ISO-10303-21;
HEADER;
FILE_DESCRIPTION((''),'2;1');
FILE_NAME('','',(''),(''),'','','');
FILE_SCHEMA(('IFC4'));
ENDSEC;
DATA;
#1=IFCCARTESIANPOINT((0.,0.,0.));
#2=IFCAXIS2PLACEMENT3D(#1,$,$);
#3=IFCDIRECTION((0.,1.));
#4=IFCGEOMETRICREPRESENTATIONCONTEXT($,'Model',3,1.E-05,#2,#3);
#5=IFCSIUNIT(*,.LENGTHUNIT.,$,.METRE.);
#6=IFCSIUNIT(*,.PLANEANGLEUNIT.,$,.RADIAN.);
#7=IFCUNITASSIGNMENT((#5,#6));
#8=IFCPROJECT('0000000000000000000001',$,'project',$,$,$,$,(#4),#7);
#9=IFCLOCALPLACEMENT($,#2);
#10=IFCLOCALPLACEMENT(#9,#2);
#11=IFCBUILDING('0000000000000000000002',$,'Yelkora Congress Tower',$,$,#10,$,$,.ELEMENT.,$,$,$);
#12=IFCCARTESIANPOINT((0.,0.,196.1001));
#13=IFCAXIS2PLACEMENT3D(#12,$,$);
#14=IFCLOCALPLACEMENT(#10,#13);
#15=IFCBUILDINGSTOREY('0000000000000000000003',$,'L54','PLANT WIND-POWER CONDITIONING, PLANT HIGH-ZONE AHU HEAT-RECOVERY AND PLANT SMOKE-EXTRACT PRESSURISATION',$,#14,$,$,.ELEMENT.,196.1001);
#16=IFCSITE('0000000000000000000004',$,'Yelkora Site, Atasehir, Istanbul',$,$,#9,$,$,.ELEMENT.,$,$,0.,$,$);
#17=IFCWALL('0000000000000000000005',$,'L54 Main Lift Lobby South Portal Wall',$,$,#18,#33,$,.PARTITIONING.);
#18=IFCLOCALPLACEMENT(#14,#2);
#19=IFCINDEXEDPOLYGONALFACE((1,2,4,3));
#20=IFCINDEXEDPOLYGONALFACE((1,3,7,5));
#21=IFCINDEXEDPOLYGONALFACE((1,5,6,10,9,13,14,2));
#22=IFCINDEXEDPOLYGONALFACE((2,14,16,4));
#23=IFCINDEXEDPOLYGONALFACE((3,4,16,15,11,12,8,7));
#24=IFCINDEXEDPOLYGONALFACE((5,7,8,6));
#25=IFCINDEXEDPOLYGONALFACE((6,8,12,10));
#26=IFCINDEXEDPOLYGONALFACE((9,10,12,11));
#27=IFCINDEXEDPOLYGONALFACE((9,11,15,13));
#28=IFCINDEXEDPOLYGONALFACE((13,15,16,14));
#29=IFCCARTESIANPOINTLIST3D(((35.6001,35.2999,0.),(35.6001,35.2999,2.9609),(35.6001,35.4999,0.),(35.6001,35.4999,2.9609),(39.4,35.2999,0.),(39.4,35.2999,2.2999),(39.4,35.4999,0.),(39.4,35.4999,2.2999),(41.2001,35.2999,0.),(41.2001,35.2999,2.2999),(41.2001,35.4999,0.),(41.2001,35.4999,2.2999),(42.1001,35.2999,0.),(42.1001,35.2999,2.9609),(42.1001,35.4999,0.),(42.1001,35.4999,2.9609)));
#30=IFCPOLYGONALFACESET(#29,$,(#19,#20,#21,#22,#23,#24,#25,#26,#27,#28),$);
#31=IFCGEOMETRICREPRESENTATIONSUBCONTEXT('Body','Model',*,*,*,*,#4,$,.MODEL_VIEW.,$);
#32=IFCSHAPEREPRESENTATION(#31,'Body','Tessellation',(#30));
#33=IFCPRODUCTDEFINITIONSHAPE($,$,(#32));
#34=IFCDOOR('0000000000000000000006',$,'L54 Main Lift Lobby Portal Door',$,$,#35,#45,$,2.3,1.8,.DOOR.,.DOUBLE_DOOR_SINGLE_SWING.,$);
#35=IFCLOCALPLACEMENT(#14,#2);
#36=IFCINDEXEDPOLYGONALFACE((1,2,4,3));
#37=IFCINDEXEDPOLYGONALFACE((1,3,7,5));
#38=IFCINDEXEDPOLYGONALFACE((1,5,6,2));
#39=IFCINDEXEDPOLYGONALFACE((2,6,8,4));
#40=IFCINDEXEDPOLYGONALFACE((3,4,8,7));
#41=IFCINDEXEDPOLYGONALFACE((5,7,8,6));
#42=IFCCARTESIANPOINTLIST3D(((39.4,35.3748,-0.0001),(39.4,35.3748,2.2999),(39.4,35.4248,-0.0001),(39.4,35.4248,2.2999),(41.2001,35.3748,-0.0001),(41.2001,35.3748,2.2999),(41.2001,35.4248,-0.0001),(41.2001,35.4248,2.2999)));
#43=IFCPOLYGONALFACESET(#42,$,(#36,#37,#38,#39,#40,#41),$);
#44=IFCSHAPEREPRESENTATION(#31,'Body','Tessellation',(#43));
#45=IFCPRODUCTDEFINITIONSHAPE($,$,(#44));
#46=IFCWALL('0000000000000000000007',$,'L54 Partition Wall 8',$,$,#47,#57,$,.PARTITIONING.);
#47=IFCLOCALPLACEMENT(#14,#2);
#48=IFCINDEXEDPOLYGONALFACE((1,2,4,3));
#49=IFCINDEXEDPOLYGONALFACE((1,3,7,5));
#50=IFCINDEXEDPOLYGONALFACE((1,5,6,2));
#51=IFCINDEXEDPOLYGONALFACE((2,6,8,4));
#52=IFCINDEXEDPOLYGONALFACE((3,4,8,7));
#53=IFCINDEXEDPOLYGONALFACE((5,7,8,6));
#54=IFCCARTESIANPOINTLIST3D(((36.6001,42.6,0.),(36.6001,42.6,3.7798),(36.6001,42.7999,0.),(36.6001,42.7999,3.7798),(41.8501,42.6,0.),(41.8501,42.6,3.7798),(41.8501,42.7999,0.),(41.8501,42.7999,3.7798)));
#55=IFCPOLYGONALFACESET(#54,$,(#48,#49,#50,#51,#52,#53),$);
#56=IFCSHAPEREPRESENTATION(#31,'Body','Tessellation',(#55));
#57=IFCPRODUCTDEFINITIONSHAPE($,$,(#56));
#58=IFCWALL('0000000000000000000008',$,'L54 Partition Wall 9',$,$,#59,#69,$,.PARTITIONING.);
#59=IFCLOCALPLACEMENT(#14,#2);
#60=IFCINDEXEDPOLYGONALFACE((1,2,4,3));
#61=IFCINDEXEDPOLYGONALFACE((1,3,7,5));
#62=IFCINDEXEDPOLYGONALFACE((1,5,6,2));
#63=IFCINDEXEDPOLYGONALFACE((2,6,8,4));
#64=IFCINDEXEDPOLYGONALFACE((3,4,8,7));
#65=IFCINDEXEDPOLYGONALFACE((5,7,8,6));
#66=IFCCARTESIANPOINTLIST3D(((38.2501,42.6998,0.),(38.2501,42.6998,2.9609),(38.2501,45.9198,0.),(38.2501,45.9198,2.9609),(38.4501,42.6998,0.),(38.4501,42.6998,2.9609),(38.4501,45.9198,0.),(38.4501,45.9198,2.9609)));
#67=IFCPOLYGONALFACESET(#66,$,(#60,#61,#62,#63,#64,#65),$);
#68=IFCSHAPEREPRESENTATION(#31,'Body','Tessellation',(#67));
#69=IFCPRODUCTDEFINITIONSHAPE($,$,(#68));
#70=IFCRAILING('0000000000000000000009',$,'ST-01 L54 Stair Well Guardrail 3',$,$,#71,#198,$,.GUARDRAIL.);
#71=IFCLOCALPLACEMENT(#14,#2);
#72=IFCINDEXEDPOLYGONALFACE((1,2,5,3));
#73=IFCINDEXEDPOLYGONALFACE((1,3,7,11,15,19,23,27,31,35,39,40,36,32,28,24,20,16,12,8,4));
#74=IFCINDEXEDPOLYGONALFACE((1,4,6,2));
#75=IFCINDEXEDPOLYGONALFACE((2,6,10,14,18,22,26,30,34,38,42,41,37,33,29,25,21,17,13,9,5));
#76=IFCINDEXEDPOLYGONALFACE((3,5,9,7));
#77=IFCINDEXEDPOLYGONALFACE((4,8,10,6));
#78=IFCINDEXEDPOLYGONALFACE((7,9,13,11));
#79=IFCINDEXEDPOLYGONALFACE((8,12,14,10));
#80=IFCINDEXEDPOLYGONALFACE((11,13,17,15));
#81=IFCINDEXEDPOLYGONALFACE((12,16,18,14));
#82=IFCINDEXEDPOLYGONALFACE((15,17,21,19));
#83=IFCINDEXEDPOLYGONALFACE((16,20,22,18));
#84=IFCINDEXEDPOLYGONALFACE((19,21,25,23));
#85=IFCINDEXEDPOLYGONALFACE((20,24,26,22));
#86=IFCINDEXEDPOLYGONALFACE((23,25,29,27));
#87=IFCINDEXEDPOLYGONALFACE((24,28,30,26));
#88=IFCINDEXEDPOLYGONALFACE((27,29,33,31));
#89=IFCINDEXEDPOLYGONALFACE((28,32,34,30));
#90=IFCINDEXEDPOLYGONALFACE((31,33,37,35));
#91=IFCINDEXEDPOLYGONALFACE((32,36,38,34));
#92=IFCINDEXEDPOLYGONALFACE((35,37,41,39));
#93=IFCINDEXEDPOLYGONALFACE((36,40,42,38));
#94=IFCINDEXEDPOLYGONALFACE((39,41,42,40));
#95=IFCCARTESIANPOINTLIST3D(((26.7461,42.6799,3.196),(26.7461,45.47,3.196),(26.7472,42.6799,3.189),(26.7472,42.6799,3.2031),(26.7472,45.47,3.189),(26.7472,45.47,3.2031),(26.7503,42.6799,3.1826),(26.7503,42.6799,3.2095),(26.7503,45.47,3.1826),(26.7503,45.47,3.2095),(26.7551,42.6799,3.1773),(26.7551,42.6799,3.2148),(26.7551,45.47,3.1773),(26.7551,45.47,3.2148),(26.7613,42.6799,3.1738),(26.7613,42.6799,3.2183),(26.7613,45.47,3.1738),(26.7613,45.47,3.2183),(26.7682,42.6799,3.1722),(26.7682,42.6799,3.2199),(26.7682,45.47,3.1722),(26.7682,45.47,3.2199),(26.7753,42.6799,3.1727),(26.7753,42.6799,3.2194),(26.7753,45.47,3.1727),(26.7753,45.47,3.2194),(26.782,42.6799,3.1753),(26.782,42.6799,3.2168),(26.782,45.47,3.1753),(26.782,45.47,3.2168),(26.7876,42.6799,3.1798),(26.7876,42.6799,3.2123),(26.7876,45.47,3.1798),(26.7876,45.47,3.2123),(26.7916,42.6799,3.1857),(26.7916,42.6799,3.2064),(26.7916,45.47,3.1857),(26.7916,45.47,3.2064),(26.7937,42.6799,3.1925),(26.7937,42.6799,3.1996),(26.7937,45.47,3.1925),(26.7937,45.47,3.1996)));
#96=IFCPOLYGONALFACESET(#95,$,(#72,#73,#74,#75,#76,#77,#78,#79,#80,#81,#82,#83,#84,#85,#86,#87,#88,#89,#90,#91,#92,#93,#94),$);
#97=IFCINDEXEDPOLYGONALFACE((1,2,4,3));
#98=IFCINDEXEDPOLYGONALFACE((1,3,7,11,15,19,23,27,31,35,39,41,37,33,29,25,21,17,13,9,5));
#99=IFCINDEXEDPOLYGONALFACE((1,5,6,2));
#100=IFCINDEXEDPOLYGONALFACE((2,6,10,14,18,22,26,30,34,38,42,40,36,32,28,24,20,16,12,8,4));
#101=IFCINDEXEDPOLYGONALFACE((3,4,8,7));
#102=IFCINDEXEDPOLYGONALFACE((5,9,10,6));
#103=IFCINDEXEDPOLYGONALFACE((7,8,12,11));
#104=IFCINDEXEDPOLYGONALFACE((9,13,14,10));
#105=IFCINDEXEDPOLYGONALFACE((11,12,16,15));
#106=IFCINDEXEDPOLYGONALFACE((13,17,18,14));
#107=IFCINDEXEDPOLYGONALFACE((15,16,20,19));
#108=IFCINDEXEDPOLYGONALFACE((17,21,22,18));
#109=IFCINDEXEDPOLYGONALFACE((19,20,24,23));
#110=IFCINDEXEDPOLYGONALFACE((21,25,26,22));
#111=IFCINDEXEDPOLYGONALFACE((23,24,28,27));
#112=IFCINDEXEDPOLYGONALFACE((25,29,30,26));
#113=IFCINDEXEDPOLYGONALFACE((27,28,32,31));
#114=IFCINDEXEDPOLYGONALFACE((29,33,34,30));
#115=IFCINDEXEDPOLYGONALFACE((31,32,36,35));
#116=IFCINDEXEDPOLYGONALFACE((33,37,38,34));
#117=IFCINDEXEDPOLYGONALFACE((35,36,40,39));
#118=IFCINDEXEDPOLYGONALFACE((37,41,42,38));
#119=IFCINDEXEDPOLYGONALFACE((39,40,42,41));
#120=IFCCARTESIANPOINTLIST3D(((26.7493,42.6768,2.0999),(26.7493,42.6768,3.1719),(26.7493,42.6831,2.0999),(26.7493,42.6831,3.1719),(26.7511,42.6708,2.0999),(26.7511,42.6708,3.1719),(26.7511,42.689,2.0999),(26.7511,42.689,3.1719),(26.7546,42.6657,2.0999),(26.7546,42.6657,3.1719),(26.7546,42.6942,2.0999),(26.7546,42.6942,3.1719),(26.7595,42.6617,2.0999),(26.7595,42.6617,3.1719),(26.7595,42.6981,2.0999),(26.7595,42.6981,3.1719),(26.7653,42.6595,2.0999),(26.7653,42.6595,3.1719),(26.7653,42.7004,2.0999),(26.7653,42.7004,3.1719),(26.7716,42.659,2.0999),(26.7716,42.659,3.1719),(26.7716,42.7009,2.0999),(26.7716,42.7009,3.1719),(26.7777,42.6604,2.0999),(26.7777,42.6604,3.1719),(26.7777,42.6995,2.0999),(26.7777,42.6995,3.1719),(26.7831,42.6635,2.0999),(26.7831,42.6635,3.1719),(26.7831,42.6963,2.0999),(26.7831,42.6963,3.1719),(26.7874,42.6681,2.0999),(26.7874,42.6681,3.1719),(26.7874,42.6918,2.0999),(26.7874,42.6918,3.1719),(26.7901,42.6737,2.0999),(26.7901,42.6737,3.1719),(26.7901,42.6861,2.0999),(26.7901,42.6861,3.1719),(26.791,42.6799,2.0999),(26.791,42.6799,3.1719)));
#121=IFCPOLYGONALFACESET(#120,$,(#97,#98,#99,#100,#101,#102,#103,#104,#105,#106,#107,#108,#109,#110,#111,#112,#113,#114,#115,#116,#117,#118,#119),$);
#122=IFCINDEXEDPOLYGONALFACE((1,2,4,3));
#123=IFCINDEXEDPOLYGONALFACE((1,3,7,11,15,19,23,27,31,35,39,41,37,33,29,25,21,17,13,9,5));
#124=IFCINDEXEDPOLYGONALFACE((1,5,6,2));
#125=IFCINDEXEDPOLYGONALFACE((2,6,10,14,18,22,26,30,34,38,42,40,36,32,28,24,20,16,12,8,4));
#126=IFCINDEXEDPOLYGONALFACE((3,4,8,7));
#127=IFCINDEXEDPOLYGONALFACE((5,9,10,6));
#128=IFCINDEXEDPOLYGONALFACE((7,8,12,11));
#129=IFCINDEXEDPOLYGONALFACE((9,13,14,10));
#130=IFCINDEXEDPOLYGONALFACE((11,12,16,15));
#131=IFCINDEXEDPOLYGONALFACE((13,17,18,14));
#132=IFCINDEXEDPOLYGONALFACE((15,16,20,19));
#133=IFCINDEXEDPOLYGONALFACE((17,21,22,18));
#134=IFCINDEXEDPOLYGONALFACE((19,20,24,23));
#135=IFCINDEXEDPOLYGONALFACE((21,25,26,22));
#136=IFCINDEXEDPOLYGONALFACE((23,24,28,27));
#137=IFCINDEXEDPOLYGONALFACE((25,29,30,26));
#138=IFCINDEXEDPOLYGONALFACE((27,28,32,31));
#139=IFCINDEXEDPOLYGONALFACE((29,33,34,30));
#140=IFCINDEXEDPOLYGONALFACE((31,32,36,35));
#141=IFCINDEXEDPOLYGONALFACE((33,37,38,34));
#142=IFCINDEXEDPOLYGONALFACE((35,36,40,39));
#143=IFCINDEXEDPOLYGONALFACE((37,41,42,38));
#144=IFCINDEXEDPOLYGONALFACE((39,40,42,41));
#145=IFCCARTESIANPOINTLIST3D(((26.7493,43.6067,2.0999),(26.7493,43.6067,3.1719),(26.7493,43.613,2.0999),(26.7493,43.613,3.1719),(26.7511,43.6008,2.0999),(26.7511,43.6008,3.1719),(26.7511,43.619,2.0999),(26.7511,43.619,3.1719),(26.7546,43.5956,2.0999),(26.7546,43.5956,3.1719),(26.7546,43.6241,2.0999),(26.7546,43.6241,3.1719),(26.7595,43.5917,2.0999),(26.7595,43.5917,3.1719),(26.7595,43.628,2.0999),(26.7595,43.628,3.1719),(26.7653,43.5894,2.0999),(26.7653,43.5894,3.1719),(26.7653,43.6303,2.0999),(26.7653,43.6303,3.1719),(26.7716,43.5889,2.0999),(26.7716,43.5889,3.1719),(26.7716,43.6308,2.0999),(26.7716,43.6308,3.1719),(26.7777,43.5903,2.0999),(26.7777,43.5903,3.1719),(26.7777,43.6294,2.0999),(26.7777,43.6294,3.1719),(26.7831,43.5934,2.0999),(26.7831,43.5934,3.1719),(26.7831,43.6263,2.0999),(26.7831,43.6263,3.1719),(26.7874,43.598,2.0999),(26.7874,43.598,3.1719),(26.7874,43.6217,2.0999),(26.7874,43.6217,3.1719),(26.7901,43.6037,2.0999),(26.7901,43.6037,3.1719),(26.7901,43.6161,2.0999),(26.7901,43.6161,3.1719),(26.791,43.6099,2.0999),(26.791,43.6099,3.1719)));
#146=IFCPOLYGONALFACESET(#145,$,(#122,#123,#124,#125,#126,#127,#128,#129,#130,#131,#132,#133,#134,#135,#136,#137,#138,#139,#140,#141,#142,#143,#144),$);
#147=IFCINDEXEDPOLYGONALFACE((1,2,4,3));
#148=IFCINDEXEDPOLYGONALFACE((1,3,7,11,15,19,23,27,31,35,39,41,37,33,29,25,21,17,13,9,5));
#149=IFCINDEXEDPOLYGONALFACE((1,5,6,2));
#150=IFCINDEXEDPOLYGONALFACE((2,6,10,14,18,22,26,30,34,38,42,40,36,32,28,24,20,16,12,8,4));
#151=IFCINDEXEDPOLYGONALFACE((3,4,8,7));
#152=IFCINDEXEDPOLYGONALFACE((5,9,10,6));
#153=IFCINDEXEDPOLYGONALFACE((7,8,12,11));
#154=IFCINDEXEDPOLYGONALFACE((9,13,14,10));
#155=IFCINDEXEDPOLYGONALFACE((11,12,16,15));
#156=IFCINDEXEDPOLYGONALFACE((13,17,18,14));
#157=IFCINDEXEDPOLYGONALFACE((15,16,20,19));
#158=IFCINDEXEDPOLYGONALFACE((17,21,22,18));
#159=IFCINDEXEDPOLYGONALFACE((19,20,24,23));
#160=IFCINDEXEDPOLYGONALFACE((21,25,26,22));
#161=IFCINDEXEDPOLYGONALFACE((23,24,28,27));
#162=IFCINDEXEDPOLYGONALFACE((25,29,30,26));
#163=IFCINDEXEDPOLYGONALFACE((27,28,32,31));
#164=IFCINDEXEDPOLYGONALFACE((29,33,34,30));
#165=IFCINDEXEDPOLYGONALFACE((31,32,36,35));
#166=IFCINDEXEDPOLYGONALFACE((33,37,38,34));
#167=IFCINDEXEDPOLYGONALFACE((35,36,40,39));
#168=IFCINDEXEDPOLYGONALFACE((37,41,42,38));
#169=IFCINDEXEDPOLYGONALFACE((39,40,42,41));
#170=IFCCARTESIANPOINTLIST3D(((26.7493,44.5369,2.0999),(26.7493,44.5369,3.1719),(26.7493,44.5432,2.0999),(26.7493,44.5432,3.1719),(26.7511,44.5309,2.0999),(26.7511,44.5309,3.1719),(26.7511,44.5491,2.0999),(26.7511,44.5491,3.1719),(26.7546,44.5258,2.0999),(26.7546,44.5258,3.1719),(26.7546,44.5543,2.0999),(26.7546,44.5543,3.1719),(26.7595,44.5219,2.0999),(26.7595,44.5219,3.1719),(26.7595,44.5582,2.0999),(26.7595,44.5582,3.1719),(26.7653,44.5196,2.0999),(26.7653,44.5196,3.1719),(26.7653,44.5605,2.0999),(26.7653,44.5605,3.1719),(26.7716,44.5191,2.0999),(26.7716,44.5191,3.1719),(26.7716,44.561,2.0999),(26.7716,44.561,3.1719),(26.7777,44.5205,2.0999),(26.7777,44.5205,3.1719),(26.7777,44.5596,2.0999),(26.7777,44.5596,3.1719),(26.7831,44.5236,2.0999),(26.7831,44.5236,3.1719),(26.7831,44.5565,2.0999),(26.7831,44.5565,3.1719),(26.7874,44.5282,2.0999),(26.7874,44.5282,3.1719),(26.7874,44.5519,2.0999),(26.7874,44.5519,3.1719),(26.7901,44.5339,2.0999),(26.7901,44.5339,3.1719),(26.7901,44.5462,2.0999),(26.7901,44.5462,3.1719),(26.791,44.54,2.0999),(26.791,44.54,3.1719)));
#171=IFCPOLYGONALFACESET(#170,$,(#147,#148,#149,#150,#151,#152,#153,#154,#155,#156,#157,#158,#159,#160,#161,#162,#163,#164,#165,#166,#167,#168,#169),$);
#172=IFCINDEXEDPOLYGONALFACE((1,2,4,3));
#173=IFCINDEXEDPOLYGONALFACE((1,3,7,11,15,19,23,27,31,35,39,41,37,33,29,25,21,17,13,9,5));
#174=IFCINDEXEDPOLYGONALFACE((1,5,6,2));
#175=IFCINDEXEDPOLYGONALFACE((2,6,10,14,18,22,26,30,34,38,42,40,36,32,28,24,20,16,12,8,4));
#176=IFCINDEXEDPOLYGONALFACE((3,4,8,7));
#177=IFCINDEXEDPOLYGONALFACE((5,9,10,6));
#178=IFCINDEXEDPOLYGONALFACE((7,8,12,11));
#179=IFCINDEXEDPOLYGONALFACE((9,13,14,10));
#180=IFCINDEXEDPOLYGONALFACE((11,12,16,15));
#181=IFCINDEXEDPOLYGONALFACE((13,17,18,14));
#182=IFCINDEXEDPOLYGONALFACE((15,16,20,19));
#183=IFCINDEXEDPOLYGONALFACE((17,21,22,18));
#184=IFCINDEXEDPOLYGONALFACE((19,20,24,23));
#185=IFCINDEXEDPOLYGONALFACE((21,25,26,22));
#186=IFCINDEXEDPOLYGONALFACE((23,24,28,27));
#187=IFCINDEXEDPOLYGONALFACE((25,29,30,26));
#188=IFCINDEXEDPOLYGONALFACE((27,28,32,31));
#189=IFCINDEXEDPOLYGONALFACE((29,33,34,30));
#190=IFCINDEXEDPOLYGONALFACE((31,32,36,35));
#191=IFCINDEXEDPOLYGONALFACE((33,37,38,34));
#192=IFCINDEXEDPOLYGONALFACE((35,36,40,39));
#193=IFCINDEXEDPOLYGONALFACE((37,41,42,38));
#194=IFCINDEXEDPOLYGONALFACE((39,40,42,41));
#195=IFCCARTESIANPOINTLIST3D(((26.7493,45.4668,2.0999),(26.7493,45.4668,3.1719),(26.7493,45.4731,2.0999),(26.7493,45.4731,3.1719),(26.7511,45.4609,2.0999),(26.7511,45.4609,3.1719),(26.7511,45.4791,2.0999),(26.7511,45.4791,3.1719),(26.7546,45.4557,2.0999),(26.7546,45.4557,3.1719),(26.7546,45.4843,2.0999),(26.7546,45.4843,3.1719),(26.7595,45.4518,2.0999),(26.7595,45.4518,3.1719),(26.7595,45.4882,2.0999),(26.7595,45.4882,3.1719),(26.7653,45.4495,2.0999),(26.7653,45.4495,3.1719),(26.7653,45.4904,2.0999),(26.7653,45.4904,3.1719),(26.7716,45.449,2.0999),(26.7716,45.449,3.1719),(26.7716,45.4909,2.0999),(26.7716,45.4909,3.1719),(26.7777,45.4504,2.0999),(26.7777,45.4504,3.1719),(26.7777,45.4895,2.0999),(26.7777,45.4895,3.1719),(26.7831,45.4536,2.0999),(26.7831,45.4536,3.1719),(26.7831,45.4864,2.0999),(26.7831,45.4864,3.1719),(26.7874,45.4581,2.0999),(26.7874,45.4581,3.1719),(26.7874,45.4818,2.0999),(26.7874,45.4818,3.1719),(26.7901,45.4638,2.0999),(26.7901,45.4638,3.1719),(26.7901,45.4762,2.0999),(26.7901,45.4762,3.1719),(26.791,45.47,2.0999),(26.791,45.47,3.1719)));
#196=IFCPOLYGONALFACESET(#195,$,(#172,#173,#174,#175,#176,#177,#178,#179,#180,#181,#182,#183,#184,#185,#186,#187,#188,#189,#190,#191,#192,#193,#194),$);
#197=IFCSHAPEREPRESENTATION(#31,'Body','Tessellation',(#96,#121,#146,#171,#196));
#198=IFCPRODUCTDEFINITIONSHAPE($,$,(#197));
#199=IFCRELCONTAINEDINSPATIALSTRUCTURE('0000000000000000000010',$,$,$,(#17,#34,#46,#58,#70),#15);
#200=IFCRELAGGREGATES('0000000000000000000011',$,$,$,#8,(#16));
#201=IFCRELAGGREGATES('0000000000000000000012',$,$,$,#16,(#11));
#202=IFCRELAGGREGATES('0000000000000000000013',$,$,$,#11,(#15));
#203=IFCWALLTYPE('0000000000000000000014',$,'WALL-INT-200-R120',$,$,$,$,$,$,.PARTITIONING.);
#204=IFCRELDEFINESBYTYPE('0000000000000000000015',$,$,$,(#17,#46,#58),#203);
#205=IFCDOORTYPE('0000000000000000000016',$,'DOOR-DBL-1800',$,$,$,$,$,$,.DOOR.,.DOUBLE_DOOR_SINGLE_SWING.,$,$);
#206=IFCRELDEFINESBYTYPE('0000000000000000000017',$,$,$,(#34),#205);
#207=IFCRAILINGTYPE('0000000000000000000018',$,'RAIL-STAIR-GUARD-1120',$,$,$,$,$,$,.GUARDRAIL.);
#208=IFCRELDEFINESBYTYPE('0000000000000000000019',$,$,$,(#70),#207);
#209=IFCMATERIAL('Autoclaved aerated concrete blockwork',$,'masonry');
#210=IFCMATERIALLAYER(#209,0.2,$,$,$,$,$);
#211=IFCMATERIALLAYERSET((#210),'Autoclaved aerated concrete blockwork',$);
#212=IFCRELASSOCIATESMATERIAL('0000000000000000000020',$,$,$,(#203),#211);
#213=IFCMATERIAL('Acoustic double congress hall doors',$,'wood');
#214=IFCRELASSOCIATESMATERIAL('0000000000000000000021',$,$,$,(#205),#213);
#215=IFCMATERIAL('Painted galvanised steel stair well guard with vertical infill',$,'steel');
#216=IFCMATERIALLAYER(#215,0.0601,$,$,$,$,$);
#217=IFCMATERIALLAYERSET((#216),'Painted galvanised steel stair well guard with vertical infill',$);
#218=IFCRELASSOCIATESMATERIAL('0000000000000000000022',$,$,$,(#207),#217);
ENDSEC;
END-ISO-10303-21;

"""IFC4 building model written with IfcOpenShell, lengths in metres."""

from ifc_helpers import new_model, si_unit, direction, frame, frame_2d, origin, origin_2d, place, context, subcontext, project, spatial, rectangle, circle, extrude, material, layer, layer_set, type_object, element, fill, save


model = new_model("IFC4")

# Units and contexts
model_context = context("Model", 3, precision=1e-05, world=origin(), true_north=direction((0.0, 1.0)))
body_context = subcontext(model_context, "Body", "Model", "MODEL_VIEW")
ifc_project = project(units=[si_unit("LENGTHUNIT", "METRE"), si_unit("PLANEANGLEUNIT", "RADIAN")], contexts=[model_context])

# Site, building, storey
site_placement = place(None, origin())
site = spatial("IfcSite", under=ifc_project, at=site_placement, Name="Yelkora Site, Atasehir, Istanbul", CompositionType="ELEMENT", RefElevation=0.0)
building_placement = place(site_placement, origin())
building = spatial("IfcBuilding", under=site, at=building_placement, Name="Yelkora Congress Tower", CompositionType="ELEMENT")
storey_placement = place(building_placement, frame((0.0, 0.0, 196.1001)))
storey = spatial("IfcBuildingStorey", under=building, at=storey_placement, Name="L54", Description="PLANT WIND-POWER CONDITIONING, PLANT HIGH-ZONE AHU HEAT-RECOVERY AND PLANT SMOKE-EXTRACT PRESSURISATION", CompositionType="ELEMENT", Elevation=196.1001)

# Shared definitions
ifc_material_1 = material(Name="Autoclaved aerated concrete blockwork", Category="masonry")
ifc_layer_1 = layer(ifc_material_1, 0.2)
ifc_layer_set_1 = layer_set([ifc_layer_1], Name="Autoclaved aerated concrete blockwork")
wall_type_1 = type_object("IfcWallType", Name="WALL-INT-200-R120", PredefinedType="PARTITIONING", material=ifc_layer_set_1)

# Wall, opening, door
wall_1_placement = place(storey_placement, frame((35.6001, 35.3999, 0.0), z_axis=(0.0, 0.0, 1.0), x_axis=(1.0, 0.0, 0.0)))
wall_1 = element("IfcWall", 1, at=wall_1_placement, inside=storey, type_object=wall_type_1, Name="L54 Main Lift Lobby South Portal Wall", PredefinedType="PARTITIONING", context=body_context, shape_type="SweptSolid", body=[
    extrude(rectangle(XDim=6.5, YDim=0.2, at=frame_2d((3.25, 0.0))), origin(), (0.0, 0.0, 1.0), 2.9609),
])
opening_1_placement = place(wall_1_placement, frame((3.8, 0.0, 0.0)))
opening_1 = element("IfcOpeningElement", 2, at=opening_1_placement, cuts=wall_1, PredefinedType="OPENING", context=body_context, shape_type="SweptSolid", body=[
    extrude(rectangle(XDim=1.8, YDim=2.3, at=frame_2d((0.8999, 1.1499))), frame((0.0, 0.1099, 0.0), z_axis=(0.0, -1.0, 0.0), x_axis=(1.0, 0.0, 0.0)), (0.0, 0.0, 1.0), 0.22),
])
ifc_material_2 = material(Name="Acoustic double congress hall doors", Category="wood")
door_type_1 = type_object("IfcDoorType", Name="DOOR-DBL-1800", OperationType="DOUBLE_DOOR_SINGLE_SWING", PredefinedType="DOOR", material=ifc_material_2)
door_1_placement = place(opening_1_placement, origin())
door_1 = element("IfcDoor", 3, at=door_1_placement, inside=storey, type_object=door_type_1, Name="L54 Main Lift Lobby Portal Door", OperationType="DOUBLE_DOOR_SINGLE_SWING", OverallHeight=2.3, OverallWidth=1.8, PredefinedType="DOOR", context=body_context, shape_type="SweptSolid", body=[
    extrude(rectangle(XDim=1.8, YDim=2.3, at=frame_2d((0.8999, 1.1499))), frame((0.0, 0.0249, 0.0), z_axis=(0.0, -1.0, 0.0), x_axis=(1.0, 0.0, 0.0)), (0.0, 0.0, 1.0), 0.05),
])
fill(opening_1, door_1)

# Walls
wall_2_placement = place(storey_placement, frame((36.6001, 42.7, 0.0), z_axis=(0.0, 0.0, 1.0), x_axis=(1.0, 0.0, 0.0)))
element("IfcWall", 4, at=wall_2_placement, inside=storey, type_object=wall_type_1, Name="L54 Partition Wall 8", PredefinedType="PARTITIONING", context=body_context, shape_type="SweptSolid", body=[
    extrude(rectangle(XDim=5.25, YDim=0.2, at=frame_2d((2.625, 0.0))), origin(), (0.0, 0.0, 1.0), 3.7798),
])
wall_3_placement = place(storey_placement, frame((38.3501, 42.7, 0.0), z_axis=(0.0, 0.0, 1.0), x_axis=(0.0, 1.0, 0.0)))
element("IfcWall", 5, at=wall_3_placement, inside=storey, type_object=wall_type_1, Name="L54 Partition Wall 9", PredefinedType="PARTITIONING", context=body_context, shape_type="SweptSolid", body=[
    extrude(rectangle(XDim=3.22, YDim=0.2, at=frame_2d((1.6099, 0.0))), origin(), (0.0, 0.0, 1.0), 2.9609),
])

# Railing
ifc_material_3 = material(Name="Painted galvanised steel stair well guard with vertical infill", Category="steel")
ifc_layer_2 = layer(ifc_material_3, 0.0601)
ifc_layer_set_2 = layer_set([ifc_layer_2], Name="Painted galvanised steel stair well guard with vertical infill")
railing_type = type_object("IfcRailingType", Name="RAIL-STAIR-GUARD-1120", PredefinedType="GUARDRAIL", material=ifc_layer_set_2)
railing_1_placement = place(storey_placement, frame((26.77, 42.6799, 2.0999)))
element("IfcRailing", 6, at=railing_1_placement, inside=storey, type_object=railing_type, Name="ST-01 L54 Stair Well Guardrail 3", PredefinedType="GUARDRAIL", context=body_context, shape_type="SweptSolid", body=[
    extrude(circle(Radius=0.0239, at=origin_2d()), frame((0.0, 0.0, 1.0962), z_axis=(0.0, 1.0, 0.0), x_axis=(-1.0, 0.0, 0.0)), (0.0, 0.0, 1.0), 2.79),
    extrude(circle(Radius=0.021, at=origin_2d()), origin(), (0.0, 0.0, 1.0), 1.072),
    extrude(circle(Radius=0.021, at=origin_2d()), frame((0.0, 0.9299, 0.0)), (0.0, 0.0, 1.0), 1.072),
    extrude(circle(Radius=0.021, at=origin_2d()), frame((0.0, 1.8601, 0.0)), (0.0, 0.0, 1.0), 1.072),
    extrude(circle(Radius=0.021, at=origin_2d()), frame((0.0, 2.79, 0.0)), (0.0, 0.0, 1.0), 1.072),
])

save(model, "model.ifc")
